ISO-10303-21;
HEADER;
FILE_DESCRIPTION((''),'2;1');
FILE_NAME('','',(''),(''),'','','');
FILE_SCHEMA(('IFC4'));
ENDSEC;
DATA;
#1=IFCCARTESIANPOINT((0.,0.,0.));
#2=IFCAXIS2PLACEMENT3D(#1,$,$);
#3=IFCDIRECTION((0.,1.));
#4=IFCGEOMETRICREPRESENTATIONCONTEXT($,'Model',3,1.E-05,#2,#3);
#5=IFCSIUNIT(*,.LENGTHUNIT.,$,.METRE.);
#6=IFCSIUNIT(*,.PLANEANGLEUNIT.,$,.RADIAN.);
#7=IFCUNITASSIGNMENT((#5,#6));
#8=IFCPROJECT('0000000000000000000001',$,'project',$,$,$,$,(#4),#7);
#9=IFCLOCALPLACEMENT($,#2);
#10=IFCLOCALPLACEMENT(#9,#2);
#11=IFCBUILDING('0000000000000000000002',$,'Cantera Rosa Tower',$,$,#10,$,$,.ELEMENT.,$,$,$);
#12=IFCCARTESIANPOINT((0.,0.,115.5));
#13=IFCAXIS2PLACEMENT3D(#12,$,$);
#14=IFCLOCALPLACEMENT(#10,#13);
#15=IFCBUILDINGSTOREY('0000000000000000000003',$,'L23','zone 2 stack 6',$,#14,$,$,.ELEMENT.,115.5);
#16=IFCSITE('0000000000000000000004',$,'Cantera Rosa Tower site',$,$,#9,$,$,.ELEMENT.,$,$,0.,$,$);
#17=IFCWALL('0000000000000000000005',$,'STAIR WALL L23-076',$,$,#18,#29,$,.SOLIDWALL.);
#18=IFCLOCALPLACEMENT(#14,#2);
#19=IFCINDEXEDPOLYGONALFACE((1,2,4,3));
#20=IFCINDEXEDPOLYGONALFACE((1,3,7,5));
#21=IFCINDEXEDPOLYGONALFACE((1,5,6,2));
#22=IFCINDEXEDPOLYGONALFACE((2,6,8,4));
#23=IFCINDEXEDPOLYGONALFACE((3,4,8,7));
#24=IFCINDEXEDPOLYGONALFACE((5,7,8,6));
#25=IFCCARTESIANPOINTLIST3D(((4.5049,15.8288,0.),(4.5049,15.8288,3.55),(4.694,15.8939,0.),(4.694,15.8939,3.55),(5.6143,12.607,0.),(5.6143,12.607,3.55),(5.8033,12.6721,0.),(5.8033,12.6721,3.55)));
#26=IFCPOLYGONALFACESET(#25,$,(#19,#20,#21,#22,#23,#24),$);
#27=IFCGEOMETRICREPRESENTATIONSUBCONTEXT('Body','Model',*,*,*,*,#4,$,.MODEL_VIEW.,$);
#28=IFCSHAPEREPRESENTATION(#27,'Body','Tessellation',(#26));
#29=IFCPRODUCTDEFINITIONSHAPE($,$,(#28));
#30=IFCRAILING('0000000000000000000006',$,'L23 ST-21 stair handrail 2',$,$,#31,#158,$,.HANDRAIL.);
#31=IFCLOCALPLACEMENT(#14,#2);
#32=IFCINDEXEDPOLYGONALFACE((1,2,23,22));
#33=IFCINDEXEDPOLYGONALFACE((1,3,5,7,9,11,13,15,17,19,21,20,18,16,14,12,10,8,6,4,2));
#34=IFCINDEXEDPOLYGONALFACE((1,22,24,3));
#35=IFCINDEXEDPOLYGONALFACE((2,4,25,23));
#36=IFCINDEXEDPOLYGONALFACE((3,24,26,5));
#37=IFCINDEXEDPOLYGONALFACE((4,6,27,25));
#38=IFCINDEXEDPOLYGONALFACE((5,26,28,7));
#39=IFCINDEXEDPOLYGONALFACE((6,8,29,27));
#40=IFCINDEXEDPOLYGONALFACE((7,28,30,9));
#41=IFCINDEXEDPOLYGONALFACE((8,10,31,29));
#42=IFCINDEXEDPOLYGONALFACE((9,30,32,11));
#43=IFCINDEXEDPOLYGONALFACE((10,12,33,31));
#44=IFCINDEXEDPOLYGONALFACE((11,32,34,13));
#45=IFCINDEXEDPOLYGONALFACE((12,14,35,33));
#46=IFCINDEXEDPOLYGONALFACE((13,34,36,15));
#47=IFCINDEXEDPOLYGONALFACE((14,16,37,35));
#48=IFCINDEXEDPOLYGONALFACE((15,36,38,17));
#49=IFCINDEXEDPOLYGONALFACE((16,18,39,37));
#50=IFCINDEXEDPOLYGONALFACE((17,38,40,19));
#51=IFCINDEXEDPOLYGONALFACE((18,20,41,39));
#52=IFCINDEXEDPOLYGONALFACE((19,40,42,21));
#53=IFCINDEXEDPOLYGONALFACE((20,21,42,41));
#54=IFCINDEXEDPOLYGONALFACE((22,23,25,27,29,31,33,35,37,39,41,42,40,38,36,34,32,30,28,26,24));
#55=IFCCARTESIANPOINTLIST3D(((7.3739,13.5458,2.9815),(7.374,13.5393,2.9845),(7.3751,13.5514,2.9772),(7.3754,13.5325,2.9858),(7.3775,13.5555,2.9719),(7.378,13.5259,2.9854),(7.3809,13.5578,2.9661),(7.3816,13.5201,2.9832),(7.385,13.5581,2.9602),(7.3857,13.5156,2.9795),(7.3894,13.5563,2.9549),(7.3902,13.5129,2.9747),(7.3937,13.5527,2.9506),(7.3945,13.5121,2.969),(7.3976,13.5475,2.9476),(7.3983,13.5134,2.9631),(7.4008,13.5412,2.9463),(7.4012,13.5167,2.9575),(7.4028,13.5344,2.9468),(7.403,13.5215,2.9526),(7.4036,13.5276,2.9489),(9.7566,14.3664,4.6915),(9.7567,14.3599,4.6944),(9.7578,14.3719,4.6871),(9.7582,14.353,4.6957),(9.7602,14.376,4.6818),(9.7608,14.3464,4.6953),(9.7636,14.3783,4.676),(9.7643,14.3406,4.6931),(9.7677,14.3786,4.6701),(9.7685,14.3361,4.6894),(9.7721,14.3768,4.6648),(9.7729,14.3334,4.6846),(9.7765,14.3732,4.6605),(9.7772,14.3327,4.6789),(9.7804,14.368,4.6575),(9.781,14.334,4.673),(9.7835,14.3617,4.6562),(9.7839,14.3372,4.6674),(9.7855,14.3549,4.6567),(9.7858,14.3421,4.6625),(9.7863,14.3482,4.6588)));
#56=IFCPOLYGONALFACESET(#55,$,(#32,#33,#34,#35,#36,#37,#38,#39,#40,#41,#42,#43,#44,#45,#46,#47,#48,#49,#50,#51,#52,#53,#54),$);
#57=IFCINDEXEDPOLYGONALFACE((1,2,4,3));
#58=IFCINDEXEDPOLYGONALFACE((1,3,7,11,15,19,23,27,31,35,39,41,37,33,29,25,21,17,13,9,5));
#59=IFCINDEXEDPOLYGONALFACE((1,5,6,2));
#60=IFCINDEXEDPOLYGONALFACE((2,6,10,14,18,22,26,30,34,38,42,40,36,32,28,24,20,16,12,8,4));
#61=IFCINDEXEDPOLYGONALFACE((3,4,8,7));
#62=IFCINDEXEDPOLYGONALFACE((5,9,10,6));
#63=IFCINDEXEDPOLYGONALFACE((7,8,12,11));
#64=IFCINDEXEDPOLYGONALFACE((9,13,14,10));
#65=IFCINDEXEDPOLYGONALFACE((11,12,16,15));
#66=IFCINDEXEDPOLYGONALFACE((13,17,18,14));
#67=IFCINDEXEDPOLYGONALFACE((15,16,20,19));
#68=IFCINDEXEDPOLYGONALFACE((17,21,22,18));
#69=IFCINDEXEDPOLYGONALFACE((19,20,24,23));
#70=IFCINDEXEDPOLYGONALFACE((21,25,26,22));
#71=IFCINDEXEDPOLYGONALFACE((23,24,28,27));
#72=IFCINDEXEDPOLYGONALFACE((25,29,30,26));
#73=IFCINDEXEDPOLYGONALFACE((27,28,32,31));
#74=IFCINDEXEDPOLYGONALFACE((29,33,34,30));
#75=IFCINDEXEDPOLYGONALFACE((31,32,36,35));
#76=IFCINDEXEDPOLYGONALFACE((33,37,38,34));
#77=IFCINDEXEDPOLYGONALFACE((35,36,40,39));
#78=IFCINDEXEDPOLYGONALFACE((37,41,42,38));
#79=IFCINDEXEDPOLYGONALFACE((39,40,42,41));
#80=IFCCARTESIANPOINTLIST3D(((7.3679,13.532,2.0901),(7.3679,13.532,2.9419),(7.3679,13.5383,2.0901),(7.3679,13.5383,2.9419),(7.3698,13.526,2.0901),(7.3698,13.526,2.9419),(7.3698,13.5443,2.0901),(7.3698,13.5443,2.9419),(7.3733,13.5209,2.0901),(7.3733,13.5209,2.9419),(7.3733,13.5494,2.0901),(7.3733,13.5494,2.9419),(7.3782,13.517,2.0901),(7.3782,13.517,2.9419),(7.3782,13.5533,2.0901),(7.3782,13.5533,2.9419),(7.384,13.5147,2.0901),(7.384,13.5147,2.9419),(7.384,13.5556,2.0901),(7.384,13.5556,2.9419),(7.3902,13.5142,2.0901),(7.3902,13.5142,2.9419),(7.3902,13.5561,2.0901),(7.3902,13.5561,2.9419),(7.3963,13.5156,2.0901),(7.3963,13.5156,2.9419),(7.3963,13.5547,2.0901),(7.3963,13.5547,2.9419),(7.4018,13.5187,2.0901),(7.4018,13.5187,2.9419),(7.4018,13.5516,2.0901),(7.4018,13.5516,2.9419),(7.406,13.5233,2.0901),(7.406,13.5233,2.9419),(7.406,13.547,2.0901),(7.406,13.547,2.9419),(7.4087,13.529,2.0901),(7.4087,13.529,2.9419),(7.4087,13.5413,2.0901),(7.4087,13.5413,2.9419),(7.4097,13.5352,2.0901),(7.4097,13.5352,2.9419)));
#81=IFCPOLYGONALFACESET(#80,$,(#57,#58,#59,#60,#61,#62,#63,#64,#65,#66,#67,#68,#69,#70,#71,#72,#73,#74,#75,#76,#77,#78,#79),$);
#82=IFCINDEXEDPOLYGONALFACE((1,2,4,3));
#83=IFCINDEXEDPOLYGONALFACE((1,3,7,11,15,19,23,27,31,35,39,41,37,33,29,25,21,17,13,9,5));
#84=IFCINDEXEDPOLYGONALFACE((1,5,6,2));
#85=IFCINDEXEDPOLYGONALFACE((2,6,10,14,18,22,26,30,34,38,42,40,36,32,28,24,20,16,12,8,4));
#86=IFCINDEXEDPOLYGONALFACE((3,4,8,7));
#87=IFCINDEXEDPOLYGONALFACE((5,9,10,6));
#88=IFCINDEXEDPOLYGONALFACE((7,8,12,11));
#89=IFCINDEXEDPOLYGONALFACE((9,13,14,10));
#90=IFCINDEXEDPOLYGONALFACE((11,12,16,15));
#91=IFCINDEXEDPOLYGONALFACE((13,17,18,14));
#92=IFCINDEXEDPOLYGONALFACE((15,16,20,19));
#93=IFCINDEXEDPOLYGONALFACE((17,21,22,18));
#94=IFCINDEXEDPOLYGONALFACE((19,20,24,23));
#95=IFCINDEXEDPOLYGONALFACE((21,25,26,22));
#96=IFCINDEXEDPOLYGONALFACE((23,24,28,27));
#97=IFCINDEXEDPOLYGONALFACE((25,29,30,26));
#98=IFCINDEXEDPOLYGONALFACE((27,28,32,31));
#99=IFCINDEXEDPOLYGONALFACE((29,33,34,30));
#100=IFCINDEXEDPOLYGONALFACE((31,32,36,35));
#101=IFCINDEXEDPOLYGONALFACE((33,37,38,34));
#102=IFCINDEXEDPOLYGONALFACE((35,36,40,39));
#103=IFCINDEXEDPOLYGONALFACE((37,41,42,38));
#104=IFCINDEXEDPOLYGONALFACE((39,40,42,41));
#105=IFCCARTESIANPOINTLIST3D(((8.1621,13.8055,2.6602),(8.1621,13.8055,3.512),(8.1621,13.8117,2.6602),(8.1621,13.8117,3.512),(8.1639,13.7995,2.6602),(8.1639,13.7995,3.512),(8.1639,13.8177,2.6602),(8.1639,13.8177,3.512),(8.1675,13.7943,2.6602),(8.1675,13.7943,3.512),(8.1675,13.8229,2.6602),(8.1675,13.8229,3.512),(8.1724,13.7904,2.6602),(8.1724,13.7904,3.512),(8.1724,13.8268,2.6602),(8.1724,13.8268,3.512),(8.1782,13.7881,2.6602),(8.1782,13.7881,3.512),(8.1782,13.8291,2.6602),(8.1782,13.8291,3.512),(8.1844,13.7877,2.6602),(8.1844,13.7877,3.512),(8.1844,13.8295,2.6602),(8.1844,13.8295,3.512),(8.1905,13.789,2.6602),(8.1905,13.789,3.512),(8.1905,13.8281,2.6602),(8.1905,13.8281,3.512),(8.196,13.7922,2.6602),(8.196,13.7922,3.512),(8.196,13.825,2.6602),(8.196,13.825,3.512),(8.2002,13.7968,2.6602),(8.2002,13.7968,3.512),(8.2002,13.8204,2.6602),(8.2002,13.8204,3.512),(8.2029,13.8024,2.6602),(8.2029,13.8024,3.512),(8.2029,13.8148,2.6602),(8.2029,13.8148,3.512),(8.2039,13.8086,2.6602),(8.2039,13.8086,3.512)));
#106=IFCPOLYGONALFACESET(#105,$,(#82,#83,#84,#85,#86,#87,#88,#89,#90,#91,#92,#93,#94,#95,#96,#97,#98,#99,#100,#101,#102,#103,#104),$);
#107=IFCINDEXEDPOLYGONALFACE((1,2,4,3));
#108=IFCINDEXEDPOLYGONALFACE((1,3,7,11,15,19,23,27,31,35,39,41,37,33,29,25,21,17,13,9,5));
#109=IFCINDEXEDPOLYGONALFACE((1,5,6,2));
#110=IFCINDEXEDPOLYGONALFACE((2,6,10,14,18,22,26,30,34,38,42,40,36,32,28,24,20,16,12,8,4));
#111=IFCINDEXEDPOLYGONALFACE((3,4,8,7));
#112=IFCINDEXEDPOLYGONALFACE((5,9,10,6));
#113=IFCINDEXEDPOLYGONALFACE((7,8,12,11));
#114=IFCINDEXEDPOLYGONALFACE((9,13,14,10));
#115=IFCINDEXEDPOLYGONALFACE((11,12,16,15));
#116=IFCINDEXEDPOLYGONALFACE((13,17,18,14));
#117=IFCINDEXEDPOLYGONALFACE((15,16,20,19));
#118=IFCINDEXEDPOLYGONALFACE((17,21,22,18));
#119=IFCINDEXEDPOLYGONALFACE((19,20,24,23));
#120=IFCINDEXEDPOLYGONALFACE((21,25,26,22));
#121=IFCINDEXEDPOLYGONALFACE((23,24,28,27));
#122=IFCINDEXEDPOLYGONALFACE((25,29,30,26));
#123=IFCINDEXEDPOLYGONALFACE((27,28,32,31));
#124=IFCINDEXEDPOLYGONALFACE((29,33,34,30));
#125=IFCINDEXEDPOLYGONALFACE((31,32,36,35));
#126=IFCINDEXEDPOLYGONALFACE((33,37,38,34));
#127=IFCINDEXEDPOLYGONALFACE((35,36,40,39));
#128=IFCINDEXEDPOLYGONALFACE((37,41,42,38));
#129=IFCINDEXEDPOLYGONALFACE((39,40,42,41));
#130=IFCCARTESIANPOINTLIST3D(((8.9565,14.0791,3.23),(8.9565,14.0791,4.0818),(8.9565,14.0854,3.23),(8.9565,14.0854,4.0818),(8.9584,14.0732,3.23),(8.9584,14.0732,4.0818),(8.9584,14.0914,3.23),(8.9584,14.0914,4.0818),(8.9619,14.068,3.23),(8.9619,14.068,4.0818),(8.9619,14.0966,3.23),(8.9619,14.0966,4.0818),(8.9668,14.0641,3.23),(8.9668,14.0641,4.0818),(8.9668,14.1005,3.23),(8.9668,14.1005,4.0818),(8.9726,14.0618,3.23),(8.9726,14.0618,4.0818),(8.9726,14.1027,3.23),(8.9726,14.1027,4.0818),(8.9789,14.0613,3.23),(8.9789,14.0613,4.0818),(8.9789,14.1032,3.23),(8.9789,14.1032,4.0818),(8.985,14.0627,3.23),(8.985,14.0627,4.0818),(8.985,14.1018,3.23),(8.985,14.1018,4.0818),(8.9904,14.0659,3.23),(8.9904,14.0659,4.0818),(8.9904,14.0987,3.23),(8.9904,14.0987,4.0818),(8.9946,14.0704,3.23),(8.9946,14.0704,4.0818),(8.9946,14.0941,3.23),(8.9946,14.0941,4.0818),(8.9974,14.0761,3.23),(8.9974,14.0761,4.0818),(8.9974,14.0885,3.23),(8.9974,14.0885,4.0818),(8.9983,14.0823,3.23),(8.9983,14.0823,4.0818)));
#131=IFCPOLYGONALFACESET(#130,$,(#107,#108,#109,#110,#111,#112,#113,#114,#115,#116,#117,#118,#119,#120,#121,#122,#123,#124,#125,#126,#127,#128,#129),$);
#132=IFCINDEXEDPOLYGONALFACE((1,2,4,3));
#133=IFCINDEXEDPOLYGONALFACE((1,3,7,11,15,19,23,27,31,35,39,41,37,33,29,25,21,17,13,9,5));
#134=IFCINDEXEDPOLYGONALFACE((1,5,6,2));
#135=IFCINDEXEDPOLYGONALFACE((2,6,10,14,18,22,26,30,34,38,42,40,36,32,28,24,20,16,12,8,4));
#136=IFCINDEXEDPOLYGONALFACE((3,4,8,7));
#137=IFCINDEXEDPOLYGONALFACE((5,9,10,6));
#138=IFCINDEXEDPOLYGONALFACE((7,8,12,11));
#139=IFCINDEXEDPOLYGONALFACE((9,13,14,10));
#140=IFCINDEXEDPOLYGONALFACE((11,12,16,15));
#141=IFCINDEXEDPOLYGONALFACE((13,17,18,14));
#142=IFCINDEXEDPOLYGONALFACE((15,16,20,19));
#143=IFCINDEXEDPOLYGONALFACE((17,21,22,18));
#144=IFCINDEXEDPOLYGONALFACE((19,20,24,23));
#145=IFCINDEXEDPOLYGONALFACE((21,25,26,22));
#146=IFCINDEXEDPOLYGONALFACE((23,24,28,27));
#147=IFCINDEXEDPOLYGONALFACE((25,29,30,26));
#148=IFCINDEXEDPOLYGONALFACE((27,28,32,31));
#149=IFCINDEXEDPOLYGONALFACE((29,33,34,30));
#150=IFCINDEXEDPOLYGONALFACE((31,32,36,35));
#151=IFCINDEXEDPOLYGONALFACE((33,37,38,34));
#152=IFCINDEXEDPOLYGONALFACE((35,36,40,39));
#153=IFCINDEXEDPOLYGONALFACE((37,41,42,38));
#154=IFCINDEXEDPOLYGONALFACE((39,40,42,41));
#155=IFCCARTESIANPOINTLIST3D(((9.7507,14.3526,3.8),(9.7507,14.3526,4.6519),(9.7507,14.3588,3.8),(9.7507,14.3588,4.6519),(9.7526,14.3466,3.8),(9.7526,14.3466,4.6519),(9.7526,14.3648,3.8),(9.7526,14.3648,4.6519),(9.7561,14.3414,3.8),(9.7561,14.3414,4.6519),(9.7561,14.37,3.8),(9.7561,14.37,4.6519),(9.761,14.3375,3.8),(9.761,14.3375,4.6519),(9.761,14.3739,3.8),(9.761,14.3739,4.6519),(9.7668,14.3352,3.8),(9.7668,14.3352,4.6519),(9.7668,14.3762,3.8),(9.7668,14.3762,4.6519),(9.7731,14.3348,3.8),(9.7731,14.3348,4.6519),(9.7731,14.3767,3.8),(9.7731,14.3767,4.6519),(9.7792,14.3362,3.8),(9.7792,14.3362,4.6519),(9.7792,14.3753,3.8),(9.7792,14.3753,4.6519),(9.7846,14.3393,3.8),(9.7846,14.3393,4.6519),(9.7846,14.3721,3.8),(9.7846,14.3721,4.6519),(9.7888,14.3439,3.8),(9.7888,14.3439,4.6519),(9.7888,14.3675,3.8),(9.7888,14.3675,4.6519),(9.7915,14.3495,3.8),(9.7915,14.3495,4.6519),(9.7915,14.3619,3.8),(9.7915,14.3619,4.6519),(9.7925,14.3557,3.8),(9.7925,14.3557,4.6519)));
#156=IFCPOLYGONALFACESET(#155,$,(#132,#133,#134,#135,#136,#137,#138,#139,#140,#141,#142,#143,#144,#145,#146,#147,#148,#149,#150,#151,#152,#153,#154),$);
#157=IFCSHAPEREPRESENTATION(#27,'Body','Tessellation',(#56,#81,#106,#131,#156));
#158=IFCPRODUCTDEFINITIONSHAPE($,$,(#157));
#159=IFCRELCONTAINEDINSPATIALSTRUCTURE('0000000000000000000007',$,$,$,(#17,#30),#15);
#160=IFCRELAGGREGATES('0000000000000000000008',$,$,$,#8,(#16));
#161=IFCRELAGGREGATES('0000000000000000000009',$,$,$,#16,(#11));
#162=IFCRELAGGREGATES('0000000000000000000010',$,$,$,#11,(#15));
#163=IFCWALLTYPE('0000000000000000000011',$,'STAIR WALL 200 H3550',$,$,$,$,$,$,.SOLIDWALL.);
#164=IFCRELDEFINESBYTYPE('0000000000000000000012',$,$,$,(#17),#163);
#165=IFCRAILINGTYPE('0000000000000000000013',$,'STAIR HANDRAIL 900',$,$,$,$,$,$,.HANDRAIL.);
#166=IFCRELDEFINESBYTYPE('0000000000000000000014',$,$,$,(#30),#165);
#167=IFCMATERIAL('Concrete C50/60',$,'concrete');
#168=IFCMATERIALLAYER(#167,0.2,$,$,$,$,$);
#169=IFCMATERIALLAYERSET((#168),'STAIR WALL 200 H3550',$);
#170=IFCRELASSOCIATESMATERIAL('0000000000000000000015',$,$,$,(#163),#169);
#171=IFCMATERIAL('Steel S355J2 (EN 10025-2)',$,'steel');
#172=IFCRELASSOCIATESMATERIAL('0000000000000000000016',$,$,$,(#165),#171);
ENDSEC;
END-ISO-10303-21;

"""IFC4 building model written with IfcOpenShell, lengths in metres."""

from ifc_helpers import new_model, si_unit, direction, frame, frame_2d, origin, origin_2d, place, context, subcontext, project, spatial, rectangle, circle, extrude, material, layer, layer_set, type_object, element, save


model = new_model("IFC4")

# Units and contexts
model_context = context("Model", 3, precision=1e-05, world=origin(), true_north=direction((0.0, 1.0)))
body_context = subcontext(model_context, "Body", "Model", "MODEL_VIEW")
ifc_project = project(units=[si_unit("LENGTHUNIT", "METRE"), si_unit("PLANEANGLEUNIT", "RADIAN")], contexts=[model_context])

# Site, building, storey
site_placement = place(None, origin())
site = spatial("IfcSite", under=ifc_project, at=site_placement, Name="Cantera Rosa Tower site", CompositionType="ELEMENT", RefElevation=0.0)
building_placement = place(site_placement, origin())
building = spatial("IfcBuilding", under=site, at=building_placement, Name="Cantera Rosa Tower", CompositionType="ELEMENT")
storey_placement = place(building_placement, frame((0.0, 0.0, 115.5)))
storey = spatial("IfcBuildingStorey", under=building, at=storey_placement, Name="L23", Description="zone 2 stack 6", CompositionType="ELEMENT", Elevation=115.5)

# Wall
ifc_material_1 = material(Name="Concrete C50/60", Category="concrete")
ifc_layer_1 = layer(ifc_material_1, 0.2)
ifc_layer_set_1 = layer_set([ifc_layer_1], Name="STAIR WALL 200 H3550")
wall_type_1 = type_object("IfcWallType", Name="STAIR WALL 200 H3550", PredefinedType="SOLIDWALL", material=ifc_layer_set_1)
wall_1_placement = place(storey_placement, frame((5.7087, 12.6396, 0.0), z_axis=(0.0, 0.0, 1.0), x_axis=(-0.325562, 0.945521, 0.0)))
element("IfcWall", 1, at=wall_1_placement, inside=storey, type_object=wall_type_1, Name="STAIR WALL L23-076", PredefinedType="SOLIDWALL", context=body_context, shape_type="SweptSolid", body=[
    extrude(rectangle(XDim=3.4075, YDim=0.2, at=frame_2d((1.7036, 0.0))), origin(), (0.0, 0.0, 1.0), 3.55),
])

# Railing
ifc_material_2 = material(Name="Steel S355J2 (EN 10025-2)", Category="steel")
railing_type = type_object("IfcRailingType", Name="STAIR HANDRAIL 900", PredefinedType="HANDRAIL", material=ifc_material_2)
railing_placement = place(storey_placement, frame((7.3887, 13.5352, 2.0901)))
element("IfcRailing", 2, at=railing_placement, inside=storey, type_object=railing_type, Name="L23 ST-21 stair handrail 2", PredefinedType="HANDRAIL", context=body_context, shape_type="SweptSolid", body=[
    extrude(circle(Radius=0.0239, at=origin_2d()), frame((0.0, 0.0, 0.876), z_axis=(0.782404, 0.269432, 0.561471), x_axis=(-0.3256, 0.945508, 0.0)), (0.0, 0.0, 1.0), 3.0454),
    extrude(circle(Radius=0.021, at=origin_2d()), origin(), (0.0, 0.0, 1.0), 0.8518),
    extrude(circle(Radius=0.021, at=origin_2d()), frame((0.7942, 0.2734, 0.5701)), (0.0, 0.0, 1.0), 0.8518),
    extrude(circle(Radius=0.021, at=origin_2d()), frame((1.5886, 0.5471, 1.1399)), (0.0, 0.0, 1.0), 0.8518),
    extrude(circle(Radius=0.021, at=origin_2d()), frame((2.3828, 0.8206, 1.71)), (0.0, 0.0, 1.0), 0.8518),
])

save(model, "model.ifc")
